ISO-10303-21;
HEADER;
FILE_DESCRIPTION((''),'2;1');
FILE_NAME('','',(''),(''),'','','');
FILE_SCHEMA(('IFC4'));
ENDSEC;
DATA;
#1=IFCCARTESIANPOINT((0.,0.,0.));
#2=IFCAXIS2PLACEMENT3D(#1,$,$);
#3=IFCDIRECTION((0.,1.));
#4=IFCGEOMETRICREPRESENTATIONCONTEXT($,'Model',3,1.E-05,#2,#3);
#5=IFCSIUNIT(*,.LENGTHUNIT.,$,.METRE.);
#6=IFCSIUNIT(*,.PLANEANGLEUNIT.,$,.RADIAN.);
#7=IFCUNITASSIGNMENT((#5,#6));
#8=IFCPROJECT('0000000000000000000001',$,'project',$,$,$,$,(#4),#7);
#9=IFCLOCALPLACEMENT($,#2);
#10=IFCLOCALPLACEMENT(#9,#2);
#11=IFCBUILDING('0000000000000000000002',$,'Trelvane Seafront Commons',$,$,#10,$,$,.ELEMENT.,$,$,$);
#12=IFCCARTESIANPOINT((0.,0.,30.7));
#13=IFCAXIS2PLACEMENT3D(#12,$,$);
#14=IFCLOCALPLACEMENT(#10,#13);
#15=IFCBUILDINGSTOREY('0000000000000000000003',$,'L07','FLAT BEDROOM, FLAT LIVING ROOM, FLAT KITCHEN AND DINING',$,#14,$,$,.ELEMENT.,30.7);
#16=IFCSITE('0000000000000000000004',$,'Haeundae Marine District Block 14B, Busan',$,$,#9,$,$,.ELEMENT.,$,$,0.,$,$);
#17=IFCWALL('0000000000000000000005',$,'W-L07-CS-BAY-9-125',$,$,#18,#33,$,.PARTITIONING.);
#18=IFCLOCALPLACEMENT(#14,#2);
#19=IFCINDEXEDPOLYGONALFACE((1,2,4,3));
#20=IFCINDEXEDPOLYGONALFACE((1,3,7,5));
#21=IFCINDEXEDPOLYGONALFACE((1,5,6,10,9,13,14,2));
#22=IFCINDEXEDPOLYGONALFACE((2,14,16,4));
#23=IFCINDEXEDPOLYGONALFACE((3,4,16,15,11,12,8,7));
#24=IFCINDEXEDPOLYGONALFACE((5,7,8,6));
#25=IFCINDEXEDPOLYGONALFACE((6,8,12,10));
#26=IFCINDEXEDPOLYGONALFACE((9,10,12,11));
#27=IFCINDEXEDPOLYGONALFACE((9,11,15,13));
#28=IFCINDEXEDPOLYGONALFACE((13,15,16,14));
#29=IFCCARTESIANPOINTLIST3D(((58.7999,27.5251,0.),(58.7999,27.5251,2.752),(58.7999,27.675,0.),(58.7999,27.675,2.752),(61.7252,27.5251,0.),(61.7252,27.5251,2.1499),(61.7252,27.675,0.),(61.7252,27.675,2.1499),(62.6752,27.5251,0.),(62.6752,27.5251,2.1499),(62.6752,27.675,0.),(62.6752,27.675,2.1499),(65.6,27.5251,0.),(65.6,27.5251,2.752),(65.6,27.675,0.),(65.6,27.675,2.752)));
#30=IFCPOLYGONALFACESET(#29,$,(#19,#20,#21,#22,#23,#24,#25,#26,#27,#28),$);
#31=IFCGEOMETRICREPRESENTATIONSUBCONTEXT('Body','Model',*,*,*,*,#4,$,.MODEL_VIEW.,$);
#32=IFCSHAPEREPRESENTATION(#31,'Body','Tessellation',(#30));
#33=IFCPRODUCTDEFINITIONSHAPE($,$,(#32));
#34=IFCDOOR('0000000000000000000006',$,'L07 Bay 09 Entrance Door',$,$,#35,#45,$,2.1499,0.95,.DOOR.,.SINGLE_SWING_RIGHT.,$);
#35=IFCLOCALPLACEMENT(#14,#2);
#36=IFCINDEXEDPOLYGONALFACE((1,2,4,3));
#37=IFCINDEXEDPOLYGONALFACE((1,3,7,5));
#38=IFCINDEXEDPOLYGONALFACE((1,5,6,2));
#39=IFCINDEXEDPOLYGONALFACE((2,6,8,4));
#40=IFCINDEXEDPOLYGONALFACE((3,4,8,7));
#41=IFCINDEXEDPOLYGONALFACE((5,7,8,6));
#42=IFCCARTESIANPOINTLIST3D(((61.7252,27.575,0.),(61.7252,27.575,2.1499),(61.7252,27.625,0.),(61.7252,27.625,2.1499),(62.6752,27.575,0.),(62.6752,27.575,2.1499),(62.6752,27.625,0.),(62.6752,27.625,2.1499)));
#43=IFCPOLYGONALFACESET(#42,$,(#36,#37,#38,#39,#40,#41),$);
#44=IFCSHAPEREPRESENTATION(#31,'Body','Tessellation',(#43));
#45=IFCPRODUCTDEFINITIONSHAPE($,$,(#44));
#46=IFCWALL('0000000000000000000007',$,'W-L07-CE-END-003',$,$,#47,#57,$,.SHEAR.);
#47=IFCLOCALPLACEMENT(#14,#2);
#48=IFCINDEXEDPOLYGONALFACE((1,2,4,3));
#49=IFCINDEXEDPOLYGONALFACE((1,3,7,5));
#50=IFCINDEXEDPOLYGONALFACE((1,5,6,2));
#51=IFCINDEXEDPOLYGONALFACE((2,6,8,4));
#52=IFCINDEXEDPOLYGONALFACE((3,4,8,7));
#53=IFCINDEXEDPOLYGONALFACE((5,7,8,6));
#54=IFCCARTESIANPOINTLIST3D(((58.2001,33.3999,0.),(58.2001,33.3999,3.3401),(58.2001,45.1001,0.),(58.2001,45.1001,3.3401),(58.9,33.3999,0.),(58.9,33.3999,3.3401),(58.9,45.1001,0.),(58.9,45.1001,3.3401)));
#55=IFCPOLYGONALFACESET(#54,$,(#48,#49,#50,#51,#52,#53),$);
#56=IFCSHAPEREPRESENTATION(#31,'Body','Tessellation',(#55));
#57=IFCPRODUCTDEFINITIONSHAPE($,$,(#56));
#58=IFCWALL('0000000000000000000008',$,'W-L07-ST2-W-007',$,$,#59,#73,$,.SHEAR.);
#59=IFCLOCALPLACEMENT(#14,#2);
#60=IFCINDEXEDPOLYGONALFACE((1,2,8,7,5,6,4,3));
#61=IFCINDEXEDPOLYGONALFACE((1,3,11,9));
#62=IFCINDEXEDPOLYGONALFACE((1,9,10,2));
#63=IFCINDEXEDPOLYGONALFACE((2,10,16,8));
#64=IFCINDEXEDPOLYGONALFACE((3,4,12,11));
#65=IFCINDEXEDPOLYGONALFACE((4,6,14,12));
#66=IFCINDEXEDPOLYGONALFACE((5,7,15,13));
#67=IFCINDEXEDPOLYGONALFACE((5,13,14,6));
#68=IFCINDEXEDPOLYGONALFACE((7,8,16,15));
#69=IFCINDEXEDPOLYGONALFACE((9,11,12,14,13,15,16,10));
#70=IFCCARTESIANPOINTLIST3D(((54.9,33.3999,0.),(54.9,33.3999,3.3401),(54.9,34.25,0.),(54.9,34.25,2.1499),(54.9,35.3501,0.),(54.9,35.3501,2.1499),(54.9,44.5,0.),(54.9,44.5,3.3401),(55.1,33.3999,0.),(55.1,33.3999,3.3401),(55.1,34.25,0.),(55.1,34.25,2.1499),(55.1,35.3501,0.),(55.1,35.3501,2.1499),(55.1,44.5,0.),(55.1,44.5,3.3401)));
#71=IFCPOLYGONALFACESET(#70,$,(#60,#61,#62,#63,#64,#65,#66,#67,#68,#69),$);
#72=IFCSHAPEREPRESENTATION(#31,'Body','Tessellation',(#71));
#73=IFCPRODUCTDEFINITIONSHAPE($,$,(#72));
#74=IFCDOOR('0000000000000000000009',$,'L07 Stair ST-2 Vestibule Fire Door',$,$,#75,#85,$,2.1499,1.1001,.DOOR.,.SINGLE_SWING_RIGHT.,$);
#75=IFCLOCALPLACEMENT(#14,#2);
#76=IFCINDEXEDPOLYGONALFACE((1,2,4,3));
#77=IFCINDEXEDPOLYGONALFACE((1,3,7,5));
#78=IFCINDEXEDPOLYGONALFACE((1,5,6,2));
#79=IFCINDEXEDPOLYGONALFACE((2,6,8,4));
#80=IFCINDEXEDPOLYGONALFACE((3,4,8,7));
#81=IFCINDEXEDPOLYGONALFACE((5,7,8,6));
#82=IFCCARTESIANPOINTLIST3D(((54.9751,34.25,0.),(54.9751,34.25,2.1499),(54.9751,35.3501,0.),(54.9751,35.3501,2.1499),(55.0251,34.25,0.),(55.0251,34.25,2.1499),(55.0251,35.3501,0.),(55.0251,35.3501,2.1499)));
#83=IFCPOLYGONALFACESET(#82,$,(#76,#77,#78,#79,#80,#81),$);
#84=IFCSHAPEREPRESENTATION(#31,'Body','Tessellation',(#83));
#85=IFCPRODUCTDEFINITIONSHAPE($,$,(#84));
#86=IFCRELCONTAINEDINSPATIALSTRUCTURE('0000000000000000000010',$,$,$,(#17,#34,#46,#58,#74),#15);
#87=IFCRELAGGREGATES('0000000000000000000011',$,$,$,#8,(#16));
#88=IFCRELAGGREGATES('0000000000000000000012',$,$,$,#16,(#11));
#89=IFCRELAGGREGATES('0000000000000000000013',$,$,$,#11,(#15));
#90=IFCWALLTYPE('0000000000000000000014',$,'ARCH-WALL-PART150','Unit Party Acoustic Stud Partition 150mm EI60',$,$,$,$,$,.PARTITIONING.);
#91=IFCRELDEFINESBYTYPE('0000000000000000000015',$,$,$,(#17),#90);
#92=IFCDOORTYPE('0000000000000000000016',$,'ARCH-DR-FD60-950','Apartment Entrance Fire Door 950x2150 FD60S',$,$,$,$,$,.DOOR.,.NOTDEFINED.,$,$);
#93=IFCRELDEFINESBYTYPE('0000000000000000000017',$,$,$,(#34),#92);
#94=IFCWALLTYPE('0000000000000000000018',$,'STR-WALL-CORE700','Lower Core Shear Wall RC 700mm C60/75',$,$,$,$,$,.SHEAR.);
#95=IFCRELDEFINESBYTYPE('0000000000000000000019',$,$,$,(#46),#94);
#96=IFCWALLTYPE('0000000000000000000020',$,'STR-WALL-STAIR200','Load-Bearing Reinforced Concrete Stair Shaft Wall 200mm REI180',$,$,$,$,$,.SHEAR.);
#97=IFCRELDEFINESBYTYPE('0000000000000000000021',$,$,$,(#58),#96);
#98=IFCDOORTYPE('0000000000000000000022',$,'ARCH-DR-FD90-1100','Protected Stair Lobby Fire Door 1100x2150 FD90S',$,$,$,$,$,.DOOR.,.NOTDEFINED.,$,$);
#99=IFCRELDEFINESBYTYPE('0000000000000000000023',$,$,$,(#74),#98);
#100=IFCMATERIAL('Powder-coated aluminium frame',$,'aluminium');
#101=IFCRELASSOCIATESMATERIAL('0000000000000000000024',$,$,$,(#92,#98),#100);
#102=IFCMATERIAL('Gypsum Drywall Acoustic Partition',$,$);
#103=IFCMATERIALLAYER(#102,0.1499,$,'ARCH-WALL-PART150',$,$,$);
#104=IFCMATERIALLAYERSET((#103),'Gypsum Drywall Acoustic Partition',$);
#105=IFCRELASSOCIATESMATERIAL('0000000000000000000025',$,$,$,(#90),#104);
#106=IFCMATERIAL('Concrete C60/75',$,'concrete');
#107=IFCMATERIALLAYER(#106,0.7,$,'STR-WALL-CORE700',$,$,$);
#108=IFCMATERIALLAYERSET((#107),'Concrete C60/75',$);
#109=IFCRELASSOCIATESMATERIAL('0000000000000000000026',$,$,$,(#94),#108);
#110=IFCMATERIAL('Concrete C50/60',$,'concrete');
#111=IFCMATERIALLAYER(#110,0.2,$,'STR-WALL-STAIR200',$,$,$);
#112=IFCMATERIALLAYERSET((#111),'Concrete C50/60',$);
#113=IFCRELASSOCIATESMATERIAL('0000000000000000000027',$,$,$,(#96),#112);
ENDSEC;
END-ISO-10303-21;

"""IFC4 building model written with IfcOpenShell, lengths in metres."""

from ifc_helpers import new_model, si_unit, direction, frame, frame_2d, origin, place, context, subcontext, project, spatial, rectangle, extrude, source, transform, mapped, material, layer, layer_set, type_object, element, fill, save


model = new_model("IFC4")

# Units and contexts
model_context = context("Model", 3, precision=1e-05, world=origin(), true_north=direction((0.0, 1.0)))
body_context = subcontext(model_context, "Body", "Model", "MODEL_VIEW")
ifc_project = project(units=[si_unit("LENGTHUNIT", "METRE"), si_unit("PLANEANGLEUNIT", "RADIAN")], contexts=[model_context])

# Site, building, storey
site_placement = place(None, origin())
site = spatial("IfcSite", under=ifc_project, at=site_placement, Name="Haeundae Marine District Block 14B, Busan", CompositionType="ELEMENT", RefElevation=0.0)
building_placement = place(site_placement, origin())
building = spatial("IfcBuilding", under=site, at=building_placement, Name="Trelvane Seafront Commons", CompositionType="ELEMENT")
storey_placement = place(building_placement, frame((0.0, 0.0, 30.7)))
storey = spatial("IfcBuildingStorey", under=building, at=storey_placement, Name="L07", Description="FLAT BEDROOM, FLAT LIVING ROOM, FLAT KITCHEN AND DINING", CompositionType="ELEMENT", Elevation=30.7)

# Shared definitions
ifc_material_1 = material(Name="Concrete C60/75", Category="concrete")

# Shared definitions
ifc_material_2 = material(Name="Powder-coated aluminium frame", Category="aluminium")
door_type_1 = type_object("IfcDoorType", Name="ARCH-DR-FD60-950", Description="Apartment Entrance Fire Door 950x2150 FD60S", OperationType="NOTDEFINED", PredefinedType="DOOR", material=ifc_material_2)
shared_shape_1 = source(origin(), body_context, "Body", "SweptSolid", [
    extrude(rectangle(XDim=0.95, YDim=2.1499, at=frame_2d((0.4751, 1.075))), frame((0.0, 0.0249, 0.0), z_axis=(0.0, -1.0, 0.0), x_axis=(1.0, 0.0, 0.0)), (0.0, 0.0, 1.0), 0.05),
])

# Shared definitions
ifc_material_3 = material(Name="Gypsum Drywall Acoustic Partition")

# Wall, opening, door
ifc_layer_1 = layer(ifc_material_3, 0.1499, Name="ARCH-WALL-PART150")
ifc_layer_set_1 = layer_set([ifc_layer_1], Name="Gypsum Drywall Acoustic Partition")
wall_type_1 = type_object("IfcWallType", Name="ARCH-WALL-PART150", Description="Unit Party Acoustic Stud Partition 150mm EI60", PredefinedType="PARTITIONING", material=ifc_layer_set_1)
wall_1_placement = place(storey_placement, frame((58.8, 27.6001, 0.0), z_axis=(0.0, 0.0, 1.0), x_axis=(1.0, 0.0, 0.0)))
wall_1 = element("IfcWall", 1, at=wall_1_placement, inside=storey, type_object=wall_type_1, Name="W-L07-CS-BAY-9-125", PredefinedType="PARTITIONING", context=body_context, shape_type="SweptSolid", body=[
    extrude(rectangle(XDim=6.8, YDim=0.1499, at=frame_2d((3.3999, 0.0))), origin(), (0.0, 0.0, 1.0), 2.752),
])
opening_1_placement = place(wall_1_placement, frame((2.925, 0.0, 0.0)))
opening_1 = element("IfcOpeningElement", 2, at=opening_1_placement, cuts=wall_1, PredefinedType="OPENING", context=body_context, shape_type="SweptSolid", body=[
    extrude(rectangle(XDim=0.95, YDim=2.1499, at=frame_2d((0.4751, 1.075))), frame((0.0, 0.085, 0.0), z_axis=(0.0, -1.0, 0.0), x_axis=(1.0, 0.0, 0.0)), (0.0, 0.0, 1.0), 0.1699),
])
door_1_placement = place(opening_1_placement, origin())
door_1 = element("IfcDoor", 3, at=door_1_placement, inside=storey, type_object=door_type_1, Name="L07 Bay 09 Entrance Door", OperationType="SINGLE_SWING_RIGHT", OverallHeight=2.1499, OverallWidth=0.95, PredefinedType="DOOR", context=body_context, shape_type="MappedRepresentation", body=[
    mapped(shared_shape_1, transform((0.0, 0.0, 0.0), x_axis=(1.0, 0.0, 0.0), y_axis=(0.0, 1.0, 0.0), z_axis=(0.0, 0.0, 1.0), scale=1.0)),
])
fill(opening_1, door_1)

# Wall
ifc_layer_2 = layer(ifc_material_1, 0.7, Name="STR-WALL-CORE700")
ifc_layer_set_2 = layer_set([ifc_layer_2], Name="Concrete C60/75")
wall_type_2 = type_object("IfcWallType", Name="STR-WALL-CORE700", Description="Lower Core Shear Wall RC 700mm C60/75", PredefinedType="SHEAR", material=ifc_layer_set_2)
wall_2_placement = place(storey_placement, frame((58.55, 33.3999, 0.0), z_axis=(0.0, 0.0, 1.0), x_axis=(0.0, 1.0, 0.0)))
element("IfcWall", 4, at=wall_2_placement, inside=storey, type_object=wall_type_2, Name="W-L07-CE-END-003", PredefinedType="SHEAR", context=body_context, shape_type="SweptSolid", body=[
    extrude(rectangle(XDim=11.7002, YDim=0.7, at=frame_2d((5.8501, 0.0))), origin(), (0.0, 0.0, 1.0), 3.3401),
])

# Wall, opening, door
ifc_material_4 = material(Name="Concrete C50/60", Category="concrete")
ifc_layer_3 = layer(ifc_material_4, 0.2, Name="STR-WALL-STAIR200")
ifc_layer_set_3 = layer_set([ifc_layer_3], Name="Concrete C50/60")
wall_type_3 = type_object("IfcWallType", Name="STR-WALL-STAIR200", Description="Load-Bearing Reinforced Concrete Stair Shaft Wall 200mm REI180", PredefinedType="SHEAR", material=ifc_layer_set_3)
wall_3_placement = place(storey_placement, frame((55.0, 33.3999, 0.0), z_axis=(0.0, 0.0, 1.0), x_axis=(0.0, 1.0, 0.0)))
wall_3 = element("IfcWall", 5, at=wall_3_placement, inside=storey, type_object=wall_type_3, Name="W-L07-ST2-W-007", PredefinedType="SHEAR", context=body_context, shape_type="SweptSolid", body=[
    extrude(rectangle(XDim=11.1001, YDim=0.2, at=frame_2d((5.55, 0.0))), origin(), (0.0, 0.0, 1.0), 3.3401),
])
opening_2_placement = place(wall_3_placement, frame((0.8501, 0.0, 0.0)))
opening_2 = element("IfcOpeningElement", 6, at=opening_2_placement, cuts=wall_3, PredefinedType="OPENING", context=body_context, shape_type="SweptSolid", body=[
    extrude(rectangle(XDim=1.1001, YDim=2.1499, at=frame_2d((0.55, 1.075))), frame((0.0, 0.1099, 0.0), z_axis=(0.0, -1.0, 0.0), x_axis=(1.0, 0.0, 0.0)), (0.0, 0.0, 1.0), 0.22),
])
door_type_2 = type_object("IfcDoorType", Name="ARCH-DR-FD90-1100", Description="Protected Stair Lobby Fire Door 1100x2150 FD90S", OperationType="NOTDEFINED", PredefinedType="DOOR", material=ifc_material_2)
shared_shape_2 = source(origin(), body_context, "Body", "SweptSolid", [
    extrude(rectangle(XDim=1.1001, YDim=2.1499, at=frame_2d((0.55, 1.075))), frame((0.0, 0.0249, 0.0), z_axis=(0.0, -1.0, 0.0), x_axis=(1.0, 0.0, 0.0)), (0.0, 0.0, 1.0), 0.05),
])
door_2_placement = place(opening_2_placement, origin())
door_2 = element("IfcDoor", 7, at=door_2_placement, inside=storey, type_object=door_type_2, Name="L07 Stair ST-2 Vestibule Fire Door", OperationType="SINGLE_SWING_RIGHT", OverallHeight=2.1499, OverallWidth=1.1001, PredefinedType="DOOR", context=body_context, shape_type="MappedRepresentation", body=[
    mapped(shared_shape_2, transform((0.0, 0.0, 0.0), x_axis=(1.0, 0.0, 0.0), y_axis=(0.0, 1.0, 0.0), z_axis=(0.0, 0.0, 1.0), scale=1.0)),
])
fill(opening_2, door_2)

save(model, "model.ifc")
